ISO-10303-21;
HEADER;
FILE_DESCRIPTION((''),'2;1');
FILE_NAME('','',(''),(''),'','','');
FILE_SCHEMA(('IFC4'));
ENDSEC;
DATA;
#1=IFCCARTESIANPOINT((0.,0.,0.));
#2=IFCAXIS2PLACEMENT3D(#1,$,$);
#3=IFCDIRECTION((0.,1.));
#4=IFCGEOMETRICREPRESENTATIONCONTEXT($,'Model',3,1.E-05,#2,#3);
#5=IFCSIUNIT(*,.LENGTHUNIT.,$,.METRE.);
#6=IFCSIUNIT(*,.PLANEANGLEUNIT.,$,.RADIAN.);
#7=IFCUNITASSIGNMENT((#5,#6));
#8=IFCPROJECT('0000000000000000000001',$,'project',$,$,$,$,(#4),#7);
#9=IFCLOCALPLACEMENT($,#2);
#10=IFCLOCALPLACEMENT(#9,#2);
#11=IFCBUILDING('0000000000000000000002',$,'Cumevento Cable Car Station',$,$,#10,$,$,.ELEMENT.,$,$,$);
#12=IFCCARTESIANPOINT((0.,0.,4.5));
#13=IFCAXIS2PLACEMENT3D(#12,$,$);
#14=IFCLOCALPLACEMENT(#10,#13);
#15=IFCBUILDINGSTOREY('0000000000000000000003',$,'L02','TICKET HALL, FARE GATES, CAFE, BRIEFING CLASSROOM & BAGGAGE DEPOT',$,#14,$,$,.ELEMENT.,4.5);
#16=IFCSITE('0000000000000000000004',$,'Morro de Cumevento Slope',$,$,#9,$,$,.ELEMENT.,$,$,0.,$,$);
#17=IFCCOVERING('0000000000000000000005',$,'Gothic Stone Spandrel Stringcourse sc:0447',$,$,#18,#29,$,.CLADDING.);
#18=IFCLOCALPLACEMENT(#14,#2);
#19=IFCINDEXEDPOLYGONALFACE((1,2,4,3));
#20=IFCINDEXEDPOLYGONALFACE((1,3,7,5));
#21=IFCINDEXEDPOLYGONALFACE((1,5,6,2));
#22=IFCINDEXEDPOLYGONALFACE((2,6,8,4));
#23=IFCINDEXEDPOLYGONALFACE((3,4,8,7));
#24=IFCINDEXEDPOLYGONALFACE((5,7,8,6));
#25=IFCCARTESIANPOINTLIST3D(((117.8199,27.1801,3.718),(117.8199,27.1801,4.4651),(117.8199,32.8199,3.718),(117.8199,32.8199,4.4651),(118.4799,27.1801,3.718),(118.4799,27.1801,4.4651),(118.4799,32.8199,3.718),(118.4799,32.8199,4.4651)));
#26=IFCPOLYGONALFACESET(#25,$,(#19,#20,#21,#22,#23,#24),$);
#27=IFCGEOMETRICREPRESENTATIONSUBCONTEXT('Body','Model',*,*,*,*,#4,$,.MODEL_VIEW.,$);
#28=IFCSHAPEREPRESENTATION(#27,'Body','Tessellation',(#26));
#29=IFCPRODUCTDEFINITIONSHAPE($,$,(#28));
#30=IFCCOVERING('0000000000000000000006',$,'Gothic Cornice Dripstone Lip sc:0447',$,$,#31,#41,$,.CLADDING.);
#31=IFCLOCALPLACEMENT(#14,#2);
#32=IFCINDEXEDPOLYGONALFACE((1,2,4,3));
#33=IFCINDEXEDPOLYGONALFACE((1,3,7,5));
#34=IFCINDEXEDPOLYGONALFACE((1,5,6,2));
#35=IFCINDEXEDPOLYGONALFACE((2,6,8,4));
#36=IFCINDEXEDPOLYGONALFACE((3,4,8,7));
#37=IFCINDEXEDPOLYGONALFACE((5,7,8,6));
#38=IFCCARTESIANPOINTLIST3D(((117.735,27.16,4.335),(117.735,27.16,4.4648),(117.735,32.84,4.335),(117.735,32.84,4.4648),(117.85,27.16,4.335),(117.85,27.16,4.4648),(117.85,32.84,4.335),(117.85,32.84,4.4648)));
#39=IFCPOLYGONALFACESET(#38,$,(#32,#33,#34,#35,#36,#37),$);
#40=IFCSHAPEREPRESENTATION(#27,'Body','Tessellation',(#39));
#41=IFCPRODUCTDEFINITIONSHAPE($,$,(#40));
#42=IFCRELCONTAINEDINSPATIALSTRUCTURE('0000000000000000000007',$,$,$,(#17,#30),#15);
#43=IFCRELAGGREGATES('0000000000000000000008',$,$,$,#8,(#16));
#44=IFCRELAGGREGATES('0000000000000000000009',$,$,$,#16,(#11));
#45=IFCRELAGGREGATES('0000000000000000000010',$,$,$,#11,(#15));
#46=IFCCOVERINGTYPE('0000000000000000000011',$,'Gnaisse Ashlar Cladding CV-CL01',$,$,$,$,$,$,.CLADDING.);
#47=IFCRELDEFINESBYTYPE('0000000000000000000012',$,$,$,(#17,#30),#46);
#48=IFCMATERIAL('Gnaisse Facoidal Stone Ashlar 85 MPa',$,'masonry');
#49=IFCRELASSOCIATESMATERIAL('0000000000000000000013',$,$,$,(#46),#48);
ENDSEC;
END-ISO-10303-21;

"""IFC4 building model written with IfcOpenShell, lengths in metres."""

from ifc_helpers import new_model, si_unit, direction, frame, origin, origin_2d, place, context, subcontext, project, spatial, rectangle, extrude, material, type_object, element, save


model = new_model("IFC4")

# Units and contexts
model_context = context("Model", 3, precision=1e-05, world=origin(), true_north=direction((0.0, 1.0)))
body_context = subcontext(model_context, "Body", "Model", "MODEL_VIEW")
ifc_project = project(units=[si_unit("LENGTHUNIT", "METRE"), si_unit("PLANEANGLEUNIT", "RADIAN")], contexts=[model_context])

# Site, building, storey
site_placement = place(None, origin())
site = spatial("IfcSite", under=ifc_project, at=site_placement, Name="Morro de Cumevento Slope", CompositionType="ELEMENT", RefElevation=0.0)
building_placement = place(site_placement, origin())
building = spatial("IfcBuilding", under=site, at=building_placement, Name="Cumevento Cable Car Station", CompositionType="ELEMENT")
storey_placement = place(building_placement, frame((0.0, 0.0, 4.5)))
storey = spatial("IfcBuildingStorey", under=building, at=storey_placement, Name="L02", Description="TICKET HALL, FARE GATES, CAFE, BRIEFING CLASSROOM & BAGGAGE DEPOT", CompositionType="ELEMENT", Elevation=4.5)

# Coverings
ifc_material_1 = material(Name="Gnaisse Facoidal Stone Ashlar 85 MPa", Category="masonry")
covering_type = type_object("IfcCoveringType", Name="Gnaisse Ashlar Cladding CV-CL01", PredefinedType="CLADDING", material=ifc_material_1)
covering_1_placement = place(storey_placement, frame((118.1499, 30.0, 3.718), z_axis=(0.0, 0.0, 1.0), x_axis=(0.0, 1.0, 0.0)))
element("IfcCovering", 1, at=covering_1_placement, inside=storey, type_object=covering_type, Name="Gothic Stone Spandrel Stringcourse sc:0447", PredefinedType="CLADDING", context=body_context, shape_type="SweptSolid", body=[
    extrude(rectangle(XDim=5.6399, YDim=0.6599, at=origin_2d()), origin(), (0.0, 0.0, 1.0), 0.7471),
])
covering_2_placement = place(storey_placement, frame((117.7925, 30.0, 4.335), z_axis=(0.0, 0.0, 1.0), x_axis=(0.0, 1.0, 0.0)))
element("IfcCovering", 2, at=covering_2_placement, inside=storey, type_object=covering_type, Name="Gothic Cornice Dripstone Lip sc:0447", PredefinedType="CLADDING", context=body_context, shape_type="SweptSolid", body=[
    extrude(rectangle(XDim=5.6799, YDim=0.115, at=origin_2d()), origin(), (0.0, 0.0, 1.0), 0.1299),
])

save(model, "model.ifc")
